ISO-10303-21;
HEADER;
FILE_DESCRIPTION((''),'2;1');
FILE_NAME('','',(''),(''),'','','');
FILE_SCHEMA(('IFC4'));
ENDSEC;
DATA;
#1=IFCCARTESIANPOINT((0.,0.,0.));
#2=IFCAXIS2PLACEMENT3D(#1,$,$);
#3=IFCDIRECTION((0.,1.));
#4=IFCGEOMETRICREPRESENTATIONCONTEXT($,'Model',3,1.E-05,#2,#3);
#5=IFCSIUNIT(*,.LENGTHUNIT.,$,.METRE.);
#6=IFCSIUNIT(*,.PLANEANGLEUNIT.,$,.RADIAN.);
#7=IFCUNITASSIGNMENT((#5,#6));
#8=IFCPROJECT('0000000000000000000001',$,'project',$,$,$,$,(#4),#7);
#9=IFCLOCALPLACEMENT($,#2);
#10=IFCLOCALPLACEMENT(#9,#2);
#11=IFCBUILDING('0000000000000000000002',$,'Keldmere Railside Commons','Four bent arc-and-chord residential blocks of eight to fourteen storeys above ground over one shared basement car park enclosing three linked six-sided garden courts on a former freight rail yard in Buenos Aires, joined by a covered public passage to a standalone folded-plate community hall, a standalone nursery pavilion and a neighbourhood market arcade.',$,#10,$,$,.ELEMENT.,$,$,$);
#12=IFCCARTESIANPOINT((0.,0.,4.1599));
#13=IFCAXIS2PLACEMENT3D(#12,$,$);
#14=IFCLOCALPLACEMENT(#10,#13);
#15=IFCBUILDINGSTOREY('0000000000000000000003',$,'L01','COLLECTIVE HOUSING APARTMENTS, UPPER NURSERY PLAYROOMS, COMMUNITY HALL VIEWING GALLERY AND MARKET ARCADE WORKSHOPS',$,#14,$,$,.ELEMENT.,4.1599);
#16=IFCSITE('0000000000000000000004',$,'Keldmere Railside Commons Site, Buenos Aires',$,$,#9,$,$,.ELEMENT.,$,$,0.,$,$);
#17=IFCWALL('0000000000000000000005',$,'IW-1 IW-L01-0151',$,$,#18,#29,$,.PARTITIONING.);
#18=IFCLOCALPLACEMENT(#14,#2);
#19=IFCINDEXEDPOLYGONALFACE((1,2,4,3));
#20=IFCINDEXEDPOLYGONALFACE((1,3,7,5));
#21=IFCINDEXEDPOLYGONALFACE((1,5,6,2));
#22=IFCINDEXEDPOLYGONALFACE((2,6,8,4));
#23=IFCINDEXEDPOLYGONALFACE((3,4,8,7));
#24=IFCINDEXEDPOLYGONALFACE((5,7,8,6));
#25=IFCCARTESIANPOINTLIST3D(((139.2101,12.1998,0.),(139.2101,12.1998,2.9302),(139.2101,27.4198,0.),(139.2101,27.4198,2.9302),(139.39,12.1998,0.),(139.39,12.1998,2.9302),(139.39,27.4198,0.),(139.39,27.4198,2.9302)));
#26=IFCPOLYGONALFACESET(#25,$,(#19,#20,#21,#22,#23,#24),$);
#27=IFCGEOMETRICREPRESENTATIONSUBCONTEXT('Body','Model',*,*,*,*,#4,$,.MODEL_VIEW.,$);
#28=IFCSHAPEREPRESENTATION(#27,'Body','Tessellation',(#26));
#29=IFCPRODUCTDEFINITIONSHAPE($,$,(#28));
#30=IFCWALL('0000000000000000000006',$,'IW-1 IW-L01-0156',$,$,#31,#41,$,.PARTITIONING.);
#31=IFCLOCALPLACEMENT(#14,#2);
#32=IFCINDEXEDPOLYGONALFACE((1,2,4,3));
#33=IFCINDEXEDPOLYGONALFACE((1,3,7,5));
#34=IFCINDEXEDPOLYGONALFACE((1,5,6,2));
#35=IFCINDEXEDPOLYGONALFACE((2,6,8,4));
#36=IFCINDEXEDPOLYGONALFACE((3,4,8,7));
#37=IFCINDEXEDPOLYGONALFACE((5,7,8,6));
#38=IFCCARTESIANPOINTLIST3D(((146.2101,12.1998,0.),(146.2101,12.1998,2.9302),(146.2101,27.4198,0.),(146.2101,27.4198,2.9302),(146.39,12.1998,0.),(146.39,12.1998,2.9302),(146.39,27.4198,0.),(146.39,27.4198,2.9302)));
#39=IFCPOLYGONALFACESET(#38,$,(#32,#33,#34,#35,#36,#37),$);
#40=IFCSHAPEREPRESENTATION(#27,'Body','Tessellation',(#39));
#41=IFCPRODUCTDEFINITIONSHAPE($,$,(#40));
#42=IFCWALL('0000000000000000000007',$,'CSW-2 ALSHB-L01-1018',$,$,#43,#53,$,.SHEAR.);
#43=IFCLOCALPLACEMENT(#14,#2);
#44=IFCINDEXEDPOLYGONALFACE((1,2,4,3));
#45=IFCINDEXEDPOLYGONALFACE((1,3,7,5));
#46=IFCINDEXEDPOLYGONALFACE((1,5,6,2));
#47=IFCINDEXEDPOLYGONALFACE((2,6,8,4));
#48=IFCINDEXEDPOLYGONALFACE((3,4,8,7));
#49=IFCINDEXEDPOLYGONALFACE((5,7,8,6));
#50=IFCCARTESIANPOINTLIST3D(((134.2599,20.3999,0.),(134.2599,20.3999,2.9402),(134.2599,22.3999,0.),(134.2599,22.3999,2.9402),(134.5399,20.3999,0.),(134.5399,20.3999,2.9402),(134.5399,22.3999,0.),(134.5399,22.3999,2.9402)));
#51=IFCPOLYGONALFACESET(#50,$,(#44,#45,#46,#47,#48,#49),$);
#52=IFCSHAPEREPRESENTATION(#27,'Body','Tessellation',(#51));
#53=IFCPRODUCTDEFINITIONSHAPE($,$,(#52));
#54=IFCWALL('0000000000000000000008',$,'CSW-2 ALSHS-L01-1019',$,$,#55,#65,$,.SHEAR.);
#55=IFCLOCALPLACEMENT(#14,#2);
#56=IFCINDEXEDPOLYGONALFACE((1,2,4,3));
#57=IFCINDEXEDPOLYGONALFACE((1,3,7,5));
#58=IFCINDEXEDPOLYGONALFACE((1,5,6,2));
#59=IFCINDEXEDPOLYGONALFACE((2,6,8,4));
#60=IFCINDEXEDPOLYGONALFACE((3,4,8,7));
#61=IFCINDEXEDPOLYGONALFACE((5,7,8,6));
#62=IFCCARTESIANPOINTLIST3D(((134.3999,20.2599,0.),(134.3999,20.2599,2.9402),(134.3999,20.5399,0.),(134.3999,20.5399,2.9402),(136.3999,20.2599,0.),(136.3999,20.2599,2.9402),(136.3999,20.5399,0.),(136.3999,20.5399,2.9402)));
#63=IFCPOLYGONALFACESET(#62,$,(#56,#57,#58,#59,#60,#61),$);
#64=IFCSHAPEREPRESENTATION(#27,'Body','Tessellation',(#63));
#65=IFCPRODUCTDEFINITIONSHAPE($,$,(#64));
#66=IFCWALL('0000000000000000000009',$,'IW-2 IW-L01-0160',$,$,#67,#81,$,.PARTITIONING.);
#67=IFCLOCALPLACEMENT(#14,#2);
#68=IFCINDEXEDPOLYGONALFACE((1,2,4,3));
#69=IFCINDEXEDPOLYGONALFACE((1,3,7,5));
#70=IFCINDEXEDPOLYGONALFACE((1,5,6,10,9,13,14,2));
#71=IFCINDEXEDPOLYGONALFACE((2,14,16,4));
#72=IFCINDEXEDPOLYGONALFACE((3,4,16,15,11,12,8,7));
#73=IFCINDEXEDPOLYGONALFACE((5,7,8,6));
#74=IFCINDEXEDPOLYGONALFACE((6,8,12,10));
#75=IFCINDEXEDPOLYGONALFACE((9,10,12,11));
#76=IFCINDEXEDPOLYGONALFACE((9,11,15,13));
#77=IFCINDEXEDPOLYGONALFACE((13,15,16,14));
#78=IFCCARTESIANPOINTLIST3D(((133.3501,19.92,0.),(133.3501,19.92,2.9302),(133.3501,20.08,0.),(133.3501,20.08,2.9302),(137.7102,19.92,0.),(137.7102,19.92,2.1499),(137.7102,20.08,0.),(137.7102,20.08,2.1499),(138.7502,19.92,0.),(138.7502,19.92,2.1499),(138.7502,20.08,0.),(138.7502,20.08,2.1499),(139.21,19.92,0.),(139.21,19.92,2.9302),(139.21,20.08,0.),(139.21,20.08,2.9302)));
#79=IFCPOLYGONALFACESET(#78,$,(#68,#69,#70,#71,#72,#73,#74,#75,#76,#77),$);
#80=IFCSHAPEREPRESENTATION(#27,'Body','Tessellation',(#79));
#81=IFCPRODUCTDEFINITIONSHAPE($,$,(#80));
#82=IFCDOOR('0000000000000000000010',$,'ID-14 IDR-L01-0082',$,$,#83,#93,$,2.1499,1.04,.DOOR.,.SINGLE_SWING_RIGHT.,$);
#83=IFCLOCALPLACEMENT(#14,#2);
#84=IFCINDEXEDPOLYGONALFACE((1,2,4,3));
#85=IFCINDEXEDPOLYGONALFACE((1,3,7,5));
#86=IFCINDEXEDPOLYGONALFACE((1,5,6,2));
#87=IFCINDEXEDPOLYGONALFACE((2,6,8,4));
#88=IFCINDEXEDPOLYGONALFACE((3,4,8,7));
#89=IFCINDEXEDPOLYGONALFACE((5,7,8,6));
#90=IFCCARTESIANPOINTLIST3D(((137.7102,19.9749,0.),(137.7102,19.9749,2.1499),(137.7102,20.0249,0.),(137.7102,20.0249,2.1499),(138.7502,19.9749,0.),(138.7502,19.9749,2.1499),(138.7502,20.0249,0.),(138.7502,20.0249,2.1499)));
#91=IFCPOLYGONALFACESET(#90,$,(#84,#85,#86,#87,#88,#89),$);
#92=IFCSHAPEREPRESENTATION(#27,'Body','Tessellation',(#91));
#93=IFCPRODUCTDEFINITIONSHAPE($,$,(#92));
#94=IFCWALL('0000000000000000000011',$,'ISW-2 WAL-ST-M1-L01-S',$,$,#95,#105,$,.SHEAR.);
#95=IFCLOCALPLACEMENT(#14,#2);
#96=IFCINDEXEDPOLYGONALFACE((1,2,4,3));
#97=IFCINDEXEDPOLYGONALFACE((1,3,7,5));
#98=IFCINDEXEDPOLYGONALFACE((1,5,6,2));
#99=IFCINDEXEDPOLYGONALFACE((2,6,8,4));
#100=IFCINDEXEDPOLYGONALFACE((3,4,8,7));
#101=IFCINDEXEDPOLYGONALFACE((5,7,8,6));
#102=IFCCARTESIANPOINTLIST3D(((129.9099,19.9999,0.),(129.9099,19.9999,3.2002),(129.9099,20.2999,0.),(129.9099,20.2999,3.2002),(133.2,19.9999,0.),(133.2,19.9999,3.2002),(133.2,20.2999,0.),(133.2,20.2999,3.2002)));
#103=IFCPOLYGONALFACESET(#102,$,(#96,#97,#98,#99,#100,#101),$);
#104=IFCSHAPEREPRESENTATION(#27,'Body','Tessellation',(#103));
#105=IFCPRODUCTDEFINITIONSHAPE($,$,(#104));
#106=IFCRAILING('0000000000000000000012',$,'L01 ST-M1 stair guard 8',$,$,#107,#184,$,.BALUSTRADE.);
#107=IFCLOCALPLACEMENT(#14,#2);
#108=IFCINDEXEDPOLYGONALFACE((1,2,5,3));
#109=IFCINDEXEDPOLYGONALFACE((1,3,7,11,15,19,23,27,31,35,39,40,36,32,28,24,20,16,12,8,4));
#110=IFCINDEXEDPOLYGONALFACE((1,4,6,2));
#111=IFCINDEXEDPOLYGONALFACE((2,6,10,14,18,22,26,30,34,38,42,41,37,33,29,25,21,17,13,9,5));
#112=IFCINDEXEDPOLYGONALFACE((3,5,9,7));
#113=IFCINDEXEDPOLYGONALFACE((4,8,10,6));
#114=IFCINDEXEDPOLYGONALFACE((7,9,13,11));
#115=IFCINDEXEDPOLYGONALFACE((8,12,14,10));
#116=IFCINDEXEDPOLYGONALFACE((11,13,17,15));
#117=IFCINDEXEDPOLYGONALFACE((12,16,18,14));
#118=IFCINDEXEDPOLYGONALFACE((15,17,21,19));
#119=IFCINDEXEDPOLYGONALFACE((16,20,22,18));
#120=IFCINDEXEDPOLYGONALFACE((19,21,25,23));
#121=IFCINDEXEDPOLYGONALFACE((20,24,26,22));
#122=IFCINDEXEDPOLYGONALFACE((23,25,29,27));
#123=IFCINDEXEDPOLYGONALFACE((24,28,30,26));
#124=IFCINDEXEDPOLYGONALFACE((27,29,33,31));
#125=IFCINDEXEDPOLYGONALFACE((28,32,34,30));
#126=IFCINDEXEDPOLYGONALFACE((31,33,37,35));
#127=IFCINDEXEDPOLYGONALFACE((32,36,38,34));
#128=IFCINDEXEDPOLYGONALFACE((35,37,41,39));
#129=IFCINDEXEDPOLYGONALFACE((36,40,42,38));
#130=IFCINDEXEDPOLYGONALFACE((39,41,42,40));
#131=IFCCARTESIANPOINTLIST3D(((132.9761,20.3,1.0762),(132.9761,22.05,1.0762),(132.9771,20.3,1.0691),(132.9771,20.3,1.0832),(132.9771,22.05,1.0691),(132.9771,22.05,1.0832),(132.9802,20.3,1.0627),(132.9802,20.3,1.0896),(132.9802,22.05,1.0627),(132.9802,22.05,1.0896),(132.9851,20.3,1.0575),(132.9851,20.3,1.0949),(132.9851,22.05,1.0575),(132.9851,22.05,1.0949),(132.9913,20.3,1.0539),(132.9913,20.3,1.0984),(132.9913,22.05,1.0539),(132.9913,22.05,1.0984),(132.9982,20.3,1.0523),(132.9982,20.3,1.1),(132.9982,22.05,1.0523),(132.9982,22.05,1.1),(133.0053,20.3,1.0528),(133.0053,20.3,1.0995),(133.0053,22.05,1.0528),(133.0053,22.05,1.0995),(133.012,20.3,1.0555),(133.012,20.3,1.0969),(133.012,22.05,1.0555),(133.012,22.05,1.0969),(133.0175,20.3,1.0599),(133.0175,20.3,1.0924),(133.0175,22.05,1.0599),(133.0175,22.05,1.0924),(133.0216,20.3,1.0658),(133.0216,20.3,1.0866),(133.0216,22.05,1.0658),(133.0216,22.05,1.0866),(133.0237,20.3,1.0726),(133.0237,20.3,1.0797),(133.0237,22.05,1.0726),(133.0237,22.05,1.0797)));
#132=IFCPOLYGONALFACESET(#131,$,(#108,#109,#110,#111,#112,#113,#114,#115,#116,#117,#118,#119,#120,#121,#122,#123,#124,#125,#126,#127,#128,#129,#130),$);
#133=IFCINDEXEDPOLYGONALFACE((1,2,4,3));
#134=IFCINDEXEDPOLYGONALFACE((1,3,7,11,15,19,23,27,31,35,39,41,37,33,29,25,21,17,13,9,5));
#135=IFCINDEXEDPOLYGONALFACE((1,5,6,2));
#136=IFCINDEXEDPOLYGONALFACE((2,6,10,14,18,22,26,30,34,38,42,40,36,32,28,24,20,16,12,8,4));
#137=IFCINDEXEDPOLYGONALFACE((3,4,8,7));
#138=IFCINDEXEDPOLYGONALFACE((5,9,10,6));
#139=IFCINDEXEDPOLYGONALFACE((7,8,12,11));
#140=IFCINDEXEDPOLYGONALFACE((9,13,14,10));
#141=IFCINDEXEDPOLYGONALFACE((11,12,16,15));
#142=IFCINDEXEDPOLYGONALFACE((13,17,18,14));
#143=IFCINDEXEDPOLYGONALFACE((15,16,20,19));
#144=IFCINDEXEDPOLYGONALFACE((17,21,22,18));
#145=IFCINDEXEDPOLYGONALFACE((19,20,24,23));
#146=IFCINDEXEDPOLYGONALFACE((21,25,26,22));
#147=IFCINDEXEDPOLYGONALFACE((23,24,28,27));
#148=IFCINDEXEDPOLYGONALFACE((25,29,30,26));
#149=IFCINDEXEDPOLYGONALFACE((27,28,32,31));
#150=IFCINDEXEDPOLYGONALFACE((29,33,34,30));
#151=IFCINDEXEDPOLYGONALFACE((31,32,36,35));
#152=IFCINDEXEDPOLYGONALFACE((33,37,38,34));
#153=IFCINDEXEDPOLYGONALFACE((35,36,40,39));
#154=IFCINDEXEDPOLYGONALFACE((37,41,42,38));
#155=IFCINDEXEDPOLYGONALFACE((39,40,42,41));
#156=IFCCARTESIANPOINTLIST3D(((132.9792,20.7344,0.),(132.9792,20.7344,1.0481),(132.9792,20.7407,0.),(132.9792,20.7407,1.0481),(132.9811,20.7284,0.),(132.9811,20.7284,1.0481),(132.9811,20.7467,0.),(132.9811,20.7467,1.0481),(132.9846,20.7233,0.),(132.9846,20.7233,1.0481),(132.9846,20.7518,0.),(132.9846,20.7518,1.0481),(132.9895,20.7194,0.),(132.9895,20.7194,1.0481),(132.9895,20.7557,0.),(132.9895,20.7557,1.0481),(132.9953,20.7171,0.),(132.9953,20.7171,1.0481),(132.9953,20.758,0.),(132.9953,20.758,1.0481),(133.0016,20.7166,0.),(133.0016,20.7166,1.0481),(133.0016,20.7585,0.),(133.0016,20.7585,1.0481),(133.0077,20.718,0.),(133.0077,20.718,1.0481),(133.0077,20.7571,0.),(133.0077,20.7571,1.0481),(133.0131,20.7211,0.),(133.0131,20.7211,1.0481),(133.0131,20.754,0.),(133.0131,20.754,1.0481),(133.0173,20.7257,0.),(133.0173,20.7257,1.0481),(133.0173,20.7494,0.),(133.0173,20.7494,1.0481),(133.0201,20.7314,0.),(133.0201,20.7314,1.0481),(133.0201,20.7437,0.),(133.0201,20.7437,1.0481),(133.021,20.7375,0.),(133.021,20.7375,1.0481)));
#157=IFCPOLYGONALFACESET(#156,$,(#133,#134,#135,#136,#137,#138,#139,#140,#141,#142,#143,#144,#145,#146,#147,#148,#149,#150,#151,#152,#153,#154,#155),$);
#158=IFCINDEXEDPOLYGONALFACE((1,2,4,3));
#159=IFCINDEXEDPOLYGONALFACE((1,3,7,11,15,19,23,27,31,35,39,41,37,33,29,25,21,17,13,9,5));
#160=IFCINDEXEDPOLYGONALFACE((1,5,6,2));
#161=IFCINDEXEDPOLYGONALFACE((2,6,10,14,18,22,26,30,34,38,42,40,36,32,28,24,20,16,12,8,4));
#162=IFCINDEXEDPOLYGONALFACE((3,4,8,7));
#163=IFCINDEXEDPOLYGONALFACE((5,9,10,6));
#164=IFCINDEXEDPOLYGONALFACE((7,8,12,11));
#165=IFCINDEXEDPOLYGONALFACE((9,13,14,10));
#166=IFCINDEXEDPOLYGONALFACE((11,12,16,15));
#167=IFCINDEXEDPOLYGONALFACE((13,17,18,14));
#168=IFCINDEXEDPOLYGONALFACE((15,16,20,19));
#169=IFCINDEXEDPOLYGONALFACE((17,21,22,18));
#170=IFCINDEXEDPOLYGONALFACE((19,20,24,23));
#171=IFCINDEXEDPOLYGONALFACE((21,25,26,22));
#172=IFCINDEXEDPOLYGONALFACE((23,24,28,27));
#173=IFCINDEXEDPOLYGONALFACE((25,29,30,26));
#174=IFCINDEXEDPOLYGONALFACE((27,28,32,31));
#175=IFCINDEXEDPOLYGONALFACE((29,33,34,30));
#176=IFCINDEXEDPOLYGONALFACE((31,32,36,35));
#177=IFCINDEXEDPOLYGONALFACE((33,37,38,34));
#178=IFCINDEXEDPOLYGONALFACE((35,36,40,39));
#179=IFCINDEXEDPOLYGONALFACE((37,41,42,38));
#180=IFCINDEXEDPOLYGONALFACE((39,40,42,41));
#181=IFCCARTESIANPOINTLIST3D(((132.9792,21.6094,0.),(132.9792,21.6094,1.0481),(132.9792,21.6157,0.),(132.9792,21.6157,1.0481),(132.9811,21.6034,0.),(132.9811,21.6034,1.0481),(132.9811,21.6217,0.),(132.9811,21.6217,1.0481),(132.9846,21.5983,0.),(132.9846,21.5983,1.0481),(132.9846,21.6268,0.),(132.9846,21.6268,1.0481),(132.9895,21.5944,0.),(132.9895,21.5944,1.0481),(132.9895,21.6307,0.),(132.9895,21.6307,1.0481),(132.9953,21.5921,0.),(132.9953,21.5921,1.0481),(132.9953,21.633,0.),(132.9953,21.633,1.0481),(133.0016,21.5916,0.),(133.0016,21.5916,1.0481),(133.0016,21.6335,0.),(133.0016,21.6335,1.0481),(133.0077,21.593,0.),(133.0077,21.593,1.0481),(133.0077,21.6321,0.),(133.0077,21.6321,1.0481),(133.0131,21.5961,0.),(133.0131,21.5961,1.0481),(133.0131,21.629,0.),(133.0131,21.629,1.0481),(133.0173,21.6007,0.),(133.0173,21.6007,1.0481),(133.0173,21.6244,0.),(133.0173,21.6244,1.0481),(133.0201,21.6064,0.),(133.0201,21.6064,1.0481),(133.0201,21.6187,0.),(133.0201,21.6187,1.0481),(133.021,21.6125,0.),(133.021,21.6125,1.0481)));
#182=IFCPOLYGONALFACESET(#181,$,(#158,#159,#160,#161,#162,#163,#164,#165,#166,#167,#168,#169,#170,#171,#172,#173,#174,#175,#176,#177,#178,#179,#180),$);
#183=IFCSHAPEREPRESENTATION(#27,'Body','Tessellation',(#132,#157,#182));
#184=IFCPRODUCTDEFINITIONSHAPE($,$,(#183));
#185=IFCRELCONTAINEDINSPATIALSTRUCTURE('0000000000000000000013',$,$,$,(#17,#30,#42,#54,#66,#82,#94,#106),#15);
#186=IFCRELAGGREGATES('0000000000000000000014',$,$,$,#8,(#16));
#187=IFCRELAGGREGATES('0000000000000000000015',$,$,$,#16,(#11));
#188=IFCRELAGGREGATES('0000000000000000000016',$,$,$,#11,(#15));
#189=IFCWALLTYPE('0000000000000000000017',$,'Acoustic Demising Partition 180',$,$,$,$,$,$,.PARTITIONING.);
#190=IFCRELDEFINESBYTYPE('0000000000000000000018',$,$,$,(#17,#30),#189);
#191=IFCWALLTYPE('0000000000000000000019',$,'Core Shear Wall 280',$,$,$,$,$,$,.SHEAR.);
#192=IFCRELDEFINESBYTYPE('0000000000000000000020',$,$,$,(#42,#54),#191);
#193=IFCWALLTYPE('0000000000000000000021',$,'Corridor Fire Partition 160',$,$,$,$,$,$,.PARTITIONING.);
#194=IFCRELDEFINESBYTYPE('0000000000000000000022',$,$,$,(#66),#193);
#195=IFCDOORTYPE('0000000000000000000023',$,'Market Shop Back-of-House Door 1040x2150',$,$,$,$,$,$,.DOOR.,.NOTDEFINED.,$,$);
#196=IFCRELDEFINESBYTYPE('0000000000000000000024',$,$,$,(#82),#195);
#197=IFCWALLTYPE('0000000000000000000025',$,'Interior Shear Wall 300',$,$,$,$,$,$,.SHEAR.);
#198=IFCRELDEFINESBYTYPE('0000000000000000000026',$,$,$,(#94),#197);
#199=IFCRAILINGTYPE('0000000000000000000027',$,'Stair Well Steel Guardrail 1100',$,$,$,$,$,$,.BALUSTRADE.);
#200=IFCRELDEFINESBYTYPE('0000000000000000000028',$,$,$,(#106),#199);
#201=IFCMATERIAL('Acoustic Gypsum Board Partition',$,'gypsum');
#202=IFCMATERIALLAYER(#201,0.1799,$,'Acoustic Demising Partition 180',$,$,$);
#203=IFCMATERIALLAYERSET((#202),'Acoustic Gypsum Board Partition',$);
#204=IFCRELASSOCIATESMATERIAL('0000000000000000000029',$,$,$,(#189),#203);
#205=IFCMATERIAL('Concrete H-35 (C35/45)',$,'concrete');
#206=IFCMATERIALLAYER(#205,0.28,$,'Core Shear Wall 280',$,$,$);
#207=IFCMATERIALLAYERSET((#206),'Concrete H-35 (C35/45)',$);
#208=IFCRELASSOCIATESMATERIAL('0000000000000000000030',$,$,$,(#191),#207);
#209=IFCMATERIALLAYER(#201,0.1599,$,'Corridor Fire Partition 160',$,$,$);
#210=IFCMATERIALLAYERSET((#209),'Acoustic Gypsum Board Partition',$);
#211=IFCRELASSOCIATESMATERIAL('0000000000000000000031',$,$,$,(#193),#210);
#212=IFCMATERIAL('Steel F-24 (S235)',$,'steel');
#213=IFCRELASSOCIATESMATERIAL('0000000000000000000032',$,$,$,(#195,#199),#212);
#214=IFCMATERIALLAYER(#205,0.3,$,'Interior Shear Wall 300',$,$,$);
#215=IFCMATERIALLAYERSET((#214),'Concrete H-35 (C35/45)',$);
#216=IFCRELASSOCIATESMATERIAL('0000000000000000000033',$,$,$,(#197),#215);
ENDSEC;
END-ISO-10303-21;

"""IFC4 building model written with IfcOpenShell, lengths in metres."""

from ifc_helpers import new_model, si_unit, direction, frame, frame_2d, origin, origin_2d, place, context, subcontext, project, spatial, rectangle, circle, extrude, material, layer, layer_set, type_object, element, fill, save


model = new_model("IFC4")

# Units and contexts
model_context = context("Model", 3, precision=1e-05, world=origin(), true_north=direction((0.0, 1.0)))
body_context = subcontext(model_context, "Body", "Model", "MODEL_VIEW")
ifc_project = project(units=[si_unit("LENGTHUNIT", "METRE"), si_unit("PLANEANGLEUNIT", "RADIAN")], contexts=[model_context])

# Site, building, storey
site_placement = place(None, origin())
site = spatial("IfcSite", under=ifc_project, at=site_placement, Name="Keldmere Railside Commons Site, Buenos Aires", CompositionType="ELEMENT", RefElevation=0.0)
building_placement = place(site_placement, origin())
building = spatial("IfcBuilding", under=site, at=building_placement, Name="Keldmere Railside Commons", Description="Four bent arc-and-chord residential blocks of eight to fourteen storeys above ground over one shared basement car park enclosing three linked six-sided garden courts on a former freight rail yard in Buenos Aires, joined by a covered public passage to a standalone folded-plate community hall, a standalone nursery pavilion and a neighbourhood market arcade.", CompositionType="ELEMENT")
storey_placement = place(building_placement, frame((0.0, 0.0, 4.1599)))
storey = spatial("IfcBuildingStorey", under=building, at=storey_placement, Name="L01", Description="COLLECTIVE HOUSING APARTMENTS, UPPER NURSERY PLAYROOMS, COMMUNITY HALL VIEWING GALLERY AND MARKET ARCADE WORKSHOPS", CompositionType="ELEMENT", Elevation=4.1599)

# Shared definitions
ifc_material_1 = material(Name="Concrete H-35 (C35/45)", Category="concrete")

# Walls
ifc_material_2 = material(Name="Acoustic Gypsum Board Partition", Category="gypsum")
ifc_layer_1 = layer(ifc_material_2, 0.1799, Name="Acoustic Demising Partition 180")
ifc_layer_set_1 = layer_set([ifc_layer_1], Name="Acoustic Gypsum Board Partition")
wall_type_1 = type_object("IfcWallType", Name="Acoustic Demising Partition 180", PredefinedType="PARTITIONING", material=ifc_layer_set_1)
for number, where, z_axis, x_axis, name in (
    (1, (139.3, 12.2, 0.0), (0.0, 0.0, 1.0), (0.0, 1.0, 0.0), "IW-1 IW-L01-0151"),
    (2, (146.3, 12.2, 0.0), (0.0, 0.0, 1.0), (0.0, 1.0, 0.0), "IW-1 IW-L01-0156"),
):
    element("IfcWall", number, at=place(storey_placement, frame(where, z_axis=z_axis, x_axis=x_axis)), inside=storey, type_object=wall_type_1, Name=name, PredefinedType="PARTITIONING", context=body_context, shape_type="SweptSolid", body=[
        extrude(rectangle(XDim=15.22, YDim=0.1799, at=frame_2d((7.6099, 0.0))), origin(), (0.0, 0.0, 1.0), 2.9302),
    ])

# Shared definitions
ifc_layer_2 = layer(ifc_material_1, 0.28, Name="Core Shear Wall 280")
ifc_layer_set_2 = layer_set([ifc_layer_2], Name="Concrete H-35 (C35/45)")
wall_type_2 = type_object("IfcWallType", Name="Core Shear Wall 280", PredefinedType="SHEAR", material=ifc_layer_set_2)
ifc_material_3 = material(Name="Steel F-24 (S235)", Category="steel")

# Walls
for number, where, z_axis, x_axis, name in (
    (3, (134.3999, 20.3999, 0.0), (0.0, 0.0, 1.0), (0.0, 1.0, 0.0), "CSW-2 ALSHB-L01-1018"),
    (4, (134.3999, 20.3999, 0.0), (0.0, 0.0, 1.0), (1.0, 0.0, 0.0), "CSW-2 ALSHS-L01-1019"),
):
    element("IfcWall", number, at=place(storey_placement, frame(where, z_axis=z_axis, x_axis=x_axis)), inside=storey, type_object=wall_type_2, Name=name, PredefinedType="SHEAR", context=body_context, shape_type="SweptSolid", body=[
        extrude(rectangle(XDim=2.0, YDim=0.28, at=frame_2d((1.0, 0.0))), origin(), (0.0, 0.0, 1.0), 2.9402),
    ])

# Wall, opening, door
ifc_layer_3 = layer(ifc_material_2, 0.1599, Name="Corridor Fire Partition 160")
ifc_layer_set_3 = layer_set([ifc_layer_3], Name="Acoustic Gypsum Board Partition")
wall_type_3 = type_object("IfcWallType", Name="Corridor Fire Partition 160", PredefinedType="PARTITIONING", material=ifc_layer_set_3)
wall_1_placement = place(storey_placement, frame((133.3501, 20.0, 0.0), z_axis=(0.0, 0.0, 1.0), x_axis=(1.0, 0.0, 0.0)))
wall_1 = element("IfcWall", 5, at=wall_1_placement, inside=storey, type_object=wall_type_3, Name="IW-2 IW-L01-0160", PredefinedType="PARTITIONING", context=body_context, shape_type="SweptSolid", body=[
    extrude(rectangle(XDim=5.8599, YDim=0.1599, at=frame_2d((2.9299, 0.0))), origin(), (0.0, 0.0, 1.0), 2.9302),
])
opening_1_placement = place(wall_1_placement, frame((4.3601, 0.0, 0.0)))
opening_1 = element("IfcOpeningElement", 6, at=opening_1_placement, cuts=wall_1, PredefinedType="OPENING", context=body_context, shape_type="SweptSolid", body=[
    extrude(rectangle(XDim=1.04, YDim=2.1499, at=frame_2d((0.52, 1.075))), frame((0.0, 0.0898, 0.0), z_axis=(0.0, -1.0, 0.0), x_axis=(1.0, 0.0, 0.0)), (0.0, 0.0, 1.0), 0.1799),
])
door_type_1 = type_object("IfcDoorType", Name="Market Shop Back-of-House Door 1040x2150", OperationType="NOTDEFINED", PredefinedType="DOOR", material=ifc_material_3)
door_1_placement = place(opening_1_placement, origin())
door_1 = element("IfcDoor", 7, at=door_1_placement, inside=storey, type_object=door_type_1, Name="ID-14 IDR-L01-0082", OperationType="SINGLE_SWING_RIGHT", OverallHeight=2.1499, OverallWidth=1.04, PredefinedType="DOOR", context=body_context, shape_type="SweptSolid", body=[
    extrude(rectangle(XDim=1.04, YDim=2.1499, at=frame_2d((0.52, 1.075))), frame((0.0, 0.0249, 0.0), z_axis=(0.0, -1.0, 0.0), x_axis=(1.0, 0.0, 0.0)), (0.0, 0.0, 1.0), 0.05),
])
fill(opening_1, door_1)

# Wall
ifc_layer_4 = layer(ifc_material_1, 0.3, Name="Interior Shear Wall 300")
ifc_layer_set_4 = layer_set([ifc_layer_4], Name="Concrete H-35 (C35/45)")
wall_type_4 = type_object("IfcWallType", Name="Interior Shear Wall 300", PredefinedType="SHEAR", material=ifc_layer_set_4)
wall_2_placement = place(storey_placement, frame((133.2, 20.1499, 0.0), z_axis=(0.0, 0.0, 1.0), x_axis=(-1.0, 0.0, 0.0)))
element("IfcWall", 8, at=wall_2_placement, inside=storey, type_object=wall_type_4, Name="ISW-2 WAL-ST-M1-L01-S", PredefinedType="SHEAR", context=body_context, shape_type="SweptSolid", body=[
    extrude(rectangle(XDim=3.29, YDim=0.3, at=frame_2d((1.645, 0.0))), origin(), (0.0, 0.0, 1.0), 3.2002),
])

# Railing
railing_type = type_object("IfcRailingType", Name="Stair Well Steel Guardrail 1100", PredefinedType="BALUSTRADE", material=ifc_material_3)
railing_placement = place(storey_placement, frame((133.0, 20.3, 0.0)))
element("IfcRailing", 9, at=railing_placement, inside=storey, type_object=railing_type, Name="L01 ST-M1 stair guard 8", PredefinedType="BALUSTRADE", context=body_context, shape_type="SweptSolid", body=[
    extrude(circle(Radius=0.0239, at=origin_2d()), frame((0.0, 0.0, 1.0762), z_axis=(0.0, 1.0, 0.0), x_axis=(-1.0, 0.0, 0.0)), (0.0, 0.0, 1.0), 1.75),
    extrude(circle(Radius=0.021, at=origin_2d()), frame((0.0, 0.4375, 0.0)), (0.0, 0.0, 1.0), 1.0481),
    extrude(circle(Radius=0.021, at=origin_2d()), frame((0.0, 1.3125, 0.0)), (0.0, 0.0, 1.0), 1.0481),
])

save(model, "model.ifc")
